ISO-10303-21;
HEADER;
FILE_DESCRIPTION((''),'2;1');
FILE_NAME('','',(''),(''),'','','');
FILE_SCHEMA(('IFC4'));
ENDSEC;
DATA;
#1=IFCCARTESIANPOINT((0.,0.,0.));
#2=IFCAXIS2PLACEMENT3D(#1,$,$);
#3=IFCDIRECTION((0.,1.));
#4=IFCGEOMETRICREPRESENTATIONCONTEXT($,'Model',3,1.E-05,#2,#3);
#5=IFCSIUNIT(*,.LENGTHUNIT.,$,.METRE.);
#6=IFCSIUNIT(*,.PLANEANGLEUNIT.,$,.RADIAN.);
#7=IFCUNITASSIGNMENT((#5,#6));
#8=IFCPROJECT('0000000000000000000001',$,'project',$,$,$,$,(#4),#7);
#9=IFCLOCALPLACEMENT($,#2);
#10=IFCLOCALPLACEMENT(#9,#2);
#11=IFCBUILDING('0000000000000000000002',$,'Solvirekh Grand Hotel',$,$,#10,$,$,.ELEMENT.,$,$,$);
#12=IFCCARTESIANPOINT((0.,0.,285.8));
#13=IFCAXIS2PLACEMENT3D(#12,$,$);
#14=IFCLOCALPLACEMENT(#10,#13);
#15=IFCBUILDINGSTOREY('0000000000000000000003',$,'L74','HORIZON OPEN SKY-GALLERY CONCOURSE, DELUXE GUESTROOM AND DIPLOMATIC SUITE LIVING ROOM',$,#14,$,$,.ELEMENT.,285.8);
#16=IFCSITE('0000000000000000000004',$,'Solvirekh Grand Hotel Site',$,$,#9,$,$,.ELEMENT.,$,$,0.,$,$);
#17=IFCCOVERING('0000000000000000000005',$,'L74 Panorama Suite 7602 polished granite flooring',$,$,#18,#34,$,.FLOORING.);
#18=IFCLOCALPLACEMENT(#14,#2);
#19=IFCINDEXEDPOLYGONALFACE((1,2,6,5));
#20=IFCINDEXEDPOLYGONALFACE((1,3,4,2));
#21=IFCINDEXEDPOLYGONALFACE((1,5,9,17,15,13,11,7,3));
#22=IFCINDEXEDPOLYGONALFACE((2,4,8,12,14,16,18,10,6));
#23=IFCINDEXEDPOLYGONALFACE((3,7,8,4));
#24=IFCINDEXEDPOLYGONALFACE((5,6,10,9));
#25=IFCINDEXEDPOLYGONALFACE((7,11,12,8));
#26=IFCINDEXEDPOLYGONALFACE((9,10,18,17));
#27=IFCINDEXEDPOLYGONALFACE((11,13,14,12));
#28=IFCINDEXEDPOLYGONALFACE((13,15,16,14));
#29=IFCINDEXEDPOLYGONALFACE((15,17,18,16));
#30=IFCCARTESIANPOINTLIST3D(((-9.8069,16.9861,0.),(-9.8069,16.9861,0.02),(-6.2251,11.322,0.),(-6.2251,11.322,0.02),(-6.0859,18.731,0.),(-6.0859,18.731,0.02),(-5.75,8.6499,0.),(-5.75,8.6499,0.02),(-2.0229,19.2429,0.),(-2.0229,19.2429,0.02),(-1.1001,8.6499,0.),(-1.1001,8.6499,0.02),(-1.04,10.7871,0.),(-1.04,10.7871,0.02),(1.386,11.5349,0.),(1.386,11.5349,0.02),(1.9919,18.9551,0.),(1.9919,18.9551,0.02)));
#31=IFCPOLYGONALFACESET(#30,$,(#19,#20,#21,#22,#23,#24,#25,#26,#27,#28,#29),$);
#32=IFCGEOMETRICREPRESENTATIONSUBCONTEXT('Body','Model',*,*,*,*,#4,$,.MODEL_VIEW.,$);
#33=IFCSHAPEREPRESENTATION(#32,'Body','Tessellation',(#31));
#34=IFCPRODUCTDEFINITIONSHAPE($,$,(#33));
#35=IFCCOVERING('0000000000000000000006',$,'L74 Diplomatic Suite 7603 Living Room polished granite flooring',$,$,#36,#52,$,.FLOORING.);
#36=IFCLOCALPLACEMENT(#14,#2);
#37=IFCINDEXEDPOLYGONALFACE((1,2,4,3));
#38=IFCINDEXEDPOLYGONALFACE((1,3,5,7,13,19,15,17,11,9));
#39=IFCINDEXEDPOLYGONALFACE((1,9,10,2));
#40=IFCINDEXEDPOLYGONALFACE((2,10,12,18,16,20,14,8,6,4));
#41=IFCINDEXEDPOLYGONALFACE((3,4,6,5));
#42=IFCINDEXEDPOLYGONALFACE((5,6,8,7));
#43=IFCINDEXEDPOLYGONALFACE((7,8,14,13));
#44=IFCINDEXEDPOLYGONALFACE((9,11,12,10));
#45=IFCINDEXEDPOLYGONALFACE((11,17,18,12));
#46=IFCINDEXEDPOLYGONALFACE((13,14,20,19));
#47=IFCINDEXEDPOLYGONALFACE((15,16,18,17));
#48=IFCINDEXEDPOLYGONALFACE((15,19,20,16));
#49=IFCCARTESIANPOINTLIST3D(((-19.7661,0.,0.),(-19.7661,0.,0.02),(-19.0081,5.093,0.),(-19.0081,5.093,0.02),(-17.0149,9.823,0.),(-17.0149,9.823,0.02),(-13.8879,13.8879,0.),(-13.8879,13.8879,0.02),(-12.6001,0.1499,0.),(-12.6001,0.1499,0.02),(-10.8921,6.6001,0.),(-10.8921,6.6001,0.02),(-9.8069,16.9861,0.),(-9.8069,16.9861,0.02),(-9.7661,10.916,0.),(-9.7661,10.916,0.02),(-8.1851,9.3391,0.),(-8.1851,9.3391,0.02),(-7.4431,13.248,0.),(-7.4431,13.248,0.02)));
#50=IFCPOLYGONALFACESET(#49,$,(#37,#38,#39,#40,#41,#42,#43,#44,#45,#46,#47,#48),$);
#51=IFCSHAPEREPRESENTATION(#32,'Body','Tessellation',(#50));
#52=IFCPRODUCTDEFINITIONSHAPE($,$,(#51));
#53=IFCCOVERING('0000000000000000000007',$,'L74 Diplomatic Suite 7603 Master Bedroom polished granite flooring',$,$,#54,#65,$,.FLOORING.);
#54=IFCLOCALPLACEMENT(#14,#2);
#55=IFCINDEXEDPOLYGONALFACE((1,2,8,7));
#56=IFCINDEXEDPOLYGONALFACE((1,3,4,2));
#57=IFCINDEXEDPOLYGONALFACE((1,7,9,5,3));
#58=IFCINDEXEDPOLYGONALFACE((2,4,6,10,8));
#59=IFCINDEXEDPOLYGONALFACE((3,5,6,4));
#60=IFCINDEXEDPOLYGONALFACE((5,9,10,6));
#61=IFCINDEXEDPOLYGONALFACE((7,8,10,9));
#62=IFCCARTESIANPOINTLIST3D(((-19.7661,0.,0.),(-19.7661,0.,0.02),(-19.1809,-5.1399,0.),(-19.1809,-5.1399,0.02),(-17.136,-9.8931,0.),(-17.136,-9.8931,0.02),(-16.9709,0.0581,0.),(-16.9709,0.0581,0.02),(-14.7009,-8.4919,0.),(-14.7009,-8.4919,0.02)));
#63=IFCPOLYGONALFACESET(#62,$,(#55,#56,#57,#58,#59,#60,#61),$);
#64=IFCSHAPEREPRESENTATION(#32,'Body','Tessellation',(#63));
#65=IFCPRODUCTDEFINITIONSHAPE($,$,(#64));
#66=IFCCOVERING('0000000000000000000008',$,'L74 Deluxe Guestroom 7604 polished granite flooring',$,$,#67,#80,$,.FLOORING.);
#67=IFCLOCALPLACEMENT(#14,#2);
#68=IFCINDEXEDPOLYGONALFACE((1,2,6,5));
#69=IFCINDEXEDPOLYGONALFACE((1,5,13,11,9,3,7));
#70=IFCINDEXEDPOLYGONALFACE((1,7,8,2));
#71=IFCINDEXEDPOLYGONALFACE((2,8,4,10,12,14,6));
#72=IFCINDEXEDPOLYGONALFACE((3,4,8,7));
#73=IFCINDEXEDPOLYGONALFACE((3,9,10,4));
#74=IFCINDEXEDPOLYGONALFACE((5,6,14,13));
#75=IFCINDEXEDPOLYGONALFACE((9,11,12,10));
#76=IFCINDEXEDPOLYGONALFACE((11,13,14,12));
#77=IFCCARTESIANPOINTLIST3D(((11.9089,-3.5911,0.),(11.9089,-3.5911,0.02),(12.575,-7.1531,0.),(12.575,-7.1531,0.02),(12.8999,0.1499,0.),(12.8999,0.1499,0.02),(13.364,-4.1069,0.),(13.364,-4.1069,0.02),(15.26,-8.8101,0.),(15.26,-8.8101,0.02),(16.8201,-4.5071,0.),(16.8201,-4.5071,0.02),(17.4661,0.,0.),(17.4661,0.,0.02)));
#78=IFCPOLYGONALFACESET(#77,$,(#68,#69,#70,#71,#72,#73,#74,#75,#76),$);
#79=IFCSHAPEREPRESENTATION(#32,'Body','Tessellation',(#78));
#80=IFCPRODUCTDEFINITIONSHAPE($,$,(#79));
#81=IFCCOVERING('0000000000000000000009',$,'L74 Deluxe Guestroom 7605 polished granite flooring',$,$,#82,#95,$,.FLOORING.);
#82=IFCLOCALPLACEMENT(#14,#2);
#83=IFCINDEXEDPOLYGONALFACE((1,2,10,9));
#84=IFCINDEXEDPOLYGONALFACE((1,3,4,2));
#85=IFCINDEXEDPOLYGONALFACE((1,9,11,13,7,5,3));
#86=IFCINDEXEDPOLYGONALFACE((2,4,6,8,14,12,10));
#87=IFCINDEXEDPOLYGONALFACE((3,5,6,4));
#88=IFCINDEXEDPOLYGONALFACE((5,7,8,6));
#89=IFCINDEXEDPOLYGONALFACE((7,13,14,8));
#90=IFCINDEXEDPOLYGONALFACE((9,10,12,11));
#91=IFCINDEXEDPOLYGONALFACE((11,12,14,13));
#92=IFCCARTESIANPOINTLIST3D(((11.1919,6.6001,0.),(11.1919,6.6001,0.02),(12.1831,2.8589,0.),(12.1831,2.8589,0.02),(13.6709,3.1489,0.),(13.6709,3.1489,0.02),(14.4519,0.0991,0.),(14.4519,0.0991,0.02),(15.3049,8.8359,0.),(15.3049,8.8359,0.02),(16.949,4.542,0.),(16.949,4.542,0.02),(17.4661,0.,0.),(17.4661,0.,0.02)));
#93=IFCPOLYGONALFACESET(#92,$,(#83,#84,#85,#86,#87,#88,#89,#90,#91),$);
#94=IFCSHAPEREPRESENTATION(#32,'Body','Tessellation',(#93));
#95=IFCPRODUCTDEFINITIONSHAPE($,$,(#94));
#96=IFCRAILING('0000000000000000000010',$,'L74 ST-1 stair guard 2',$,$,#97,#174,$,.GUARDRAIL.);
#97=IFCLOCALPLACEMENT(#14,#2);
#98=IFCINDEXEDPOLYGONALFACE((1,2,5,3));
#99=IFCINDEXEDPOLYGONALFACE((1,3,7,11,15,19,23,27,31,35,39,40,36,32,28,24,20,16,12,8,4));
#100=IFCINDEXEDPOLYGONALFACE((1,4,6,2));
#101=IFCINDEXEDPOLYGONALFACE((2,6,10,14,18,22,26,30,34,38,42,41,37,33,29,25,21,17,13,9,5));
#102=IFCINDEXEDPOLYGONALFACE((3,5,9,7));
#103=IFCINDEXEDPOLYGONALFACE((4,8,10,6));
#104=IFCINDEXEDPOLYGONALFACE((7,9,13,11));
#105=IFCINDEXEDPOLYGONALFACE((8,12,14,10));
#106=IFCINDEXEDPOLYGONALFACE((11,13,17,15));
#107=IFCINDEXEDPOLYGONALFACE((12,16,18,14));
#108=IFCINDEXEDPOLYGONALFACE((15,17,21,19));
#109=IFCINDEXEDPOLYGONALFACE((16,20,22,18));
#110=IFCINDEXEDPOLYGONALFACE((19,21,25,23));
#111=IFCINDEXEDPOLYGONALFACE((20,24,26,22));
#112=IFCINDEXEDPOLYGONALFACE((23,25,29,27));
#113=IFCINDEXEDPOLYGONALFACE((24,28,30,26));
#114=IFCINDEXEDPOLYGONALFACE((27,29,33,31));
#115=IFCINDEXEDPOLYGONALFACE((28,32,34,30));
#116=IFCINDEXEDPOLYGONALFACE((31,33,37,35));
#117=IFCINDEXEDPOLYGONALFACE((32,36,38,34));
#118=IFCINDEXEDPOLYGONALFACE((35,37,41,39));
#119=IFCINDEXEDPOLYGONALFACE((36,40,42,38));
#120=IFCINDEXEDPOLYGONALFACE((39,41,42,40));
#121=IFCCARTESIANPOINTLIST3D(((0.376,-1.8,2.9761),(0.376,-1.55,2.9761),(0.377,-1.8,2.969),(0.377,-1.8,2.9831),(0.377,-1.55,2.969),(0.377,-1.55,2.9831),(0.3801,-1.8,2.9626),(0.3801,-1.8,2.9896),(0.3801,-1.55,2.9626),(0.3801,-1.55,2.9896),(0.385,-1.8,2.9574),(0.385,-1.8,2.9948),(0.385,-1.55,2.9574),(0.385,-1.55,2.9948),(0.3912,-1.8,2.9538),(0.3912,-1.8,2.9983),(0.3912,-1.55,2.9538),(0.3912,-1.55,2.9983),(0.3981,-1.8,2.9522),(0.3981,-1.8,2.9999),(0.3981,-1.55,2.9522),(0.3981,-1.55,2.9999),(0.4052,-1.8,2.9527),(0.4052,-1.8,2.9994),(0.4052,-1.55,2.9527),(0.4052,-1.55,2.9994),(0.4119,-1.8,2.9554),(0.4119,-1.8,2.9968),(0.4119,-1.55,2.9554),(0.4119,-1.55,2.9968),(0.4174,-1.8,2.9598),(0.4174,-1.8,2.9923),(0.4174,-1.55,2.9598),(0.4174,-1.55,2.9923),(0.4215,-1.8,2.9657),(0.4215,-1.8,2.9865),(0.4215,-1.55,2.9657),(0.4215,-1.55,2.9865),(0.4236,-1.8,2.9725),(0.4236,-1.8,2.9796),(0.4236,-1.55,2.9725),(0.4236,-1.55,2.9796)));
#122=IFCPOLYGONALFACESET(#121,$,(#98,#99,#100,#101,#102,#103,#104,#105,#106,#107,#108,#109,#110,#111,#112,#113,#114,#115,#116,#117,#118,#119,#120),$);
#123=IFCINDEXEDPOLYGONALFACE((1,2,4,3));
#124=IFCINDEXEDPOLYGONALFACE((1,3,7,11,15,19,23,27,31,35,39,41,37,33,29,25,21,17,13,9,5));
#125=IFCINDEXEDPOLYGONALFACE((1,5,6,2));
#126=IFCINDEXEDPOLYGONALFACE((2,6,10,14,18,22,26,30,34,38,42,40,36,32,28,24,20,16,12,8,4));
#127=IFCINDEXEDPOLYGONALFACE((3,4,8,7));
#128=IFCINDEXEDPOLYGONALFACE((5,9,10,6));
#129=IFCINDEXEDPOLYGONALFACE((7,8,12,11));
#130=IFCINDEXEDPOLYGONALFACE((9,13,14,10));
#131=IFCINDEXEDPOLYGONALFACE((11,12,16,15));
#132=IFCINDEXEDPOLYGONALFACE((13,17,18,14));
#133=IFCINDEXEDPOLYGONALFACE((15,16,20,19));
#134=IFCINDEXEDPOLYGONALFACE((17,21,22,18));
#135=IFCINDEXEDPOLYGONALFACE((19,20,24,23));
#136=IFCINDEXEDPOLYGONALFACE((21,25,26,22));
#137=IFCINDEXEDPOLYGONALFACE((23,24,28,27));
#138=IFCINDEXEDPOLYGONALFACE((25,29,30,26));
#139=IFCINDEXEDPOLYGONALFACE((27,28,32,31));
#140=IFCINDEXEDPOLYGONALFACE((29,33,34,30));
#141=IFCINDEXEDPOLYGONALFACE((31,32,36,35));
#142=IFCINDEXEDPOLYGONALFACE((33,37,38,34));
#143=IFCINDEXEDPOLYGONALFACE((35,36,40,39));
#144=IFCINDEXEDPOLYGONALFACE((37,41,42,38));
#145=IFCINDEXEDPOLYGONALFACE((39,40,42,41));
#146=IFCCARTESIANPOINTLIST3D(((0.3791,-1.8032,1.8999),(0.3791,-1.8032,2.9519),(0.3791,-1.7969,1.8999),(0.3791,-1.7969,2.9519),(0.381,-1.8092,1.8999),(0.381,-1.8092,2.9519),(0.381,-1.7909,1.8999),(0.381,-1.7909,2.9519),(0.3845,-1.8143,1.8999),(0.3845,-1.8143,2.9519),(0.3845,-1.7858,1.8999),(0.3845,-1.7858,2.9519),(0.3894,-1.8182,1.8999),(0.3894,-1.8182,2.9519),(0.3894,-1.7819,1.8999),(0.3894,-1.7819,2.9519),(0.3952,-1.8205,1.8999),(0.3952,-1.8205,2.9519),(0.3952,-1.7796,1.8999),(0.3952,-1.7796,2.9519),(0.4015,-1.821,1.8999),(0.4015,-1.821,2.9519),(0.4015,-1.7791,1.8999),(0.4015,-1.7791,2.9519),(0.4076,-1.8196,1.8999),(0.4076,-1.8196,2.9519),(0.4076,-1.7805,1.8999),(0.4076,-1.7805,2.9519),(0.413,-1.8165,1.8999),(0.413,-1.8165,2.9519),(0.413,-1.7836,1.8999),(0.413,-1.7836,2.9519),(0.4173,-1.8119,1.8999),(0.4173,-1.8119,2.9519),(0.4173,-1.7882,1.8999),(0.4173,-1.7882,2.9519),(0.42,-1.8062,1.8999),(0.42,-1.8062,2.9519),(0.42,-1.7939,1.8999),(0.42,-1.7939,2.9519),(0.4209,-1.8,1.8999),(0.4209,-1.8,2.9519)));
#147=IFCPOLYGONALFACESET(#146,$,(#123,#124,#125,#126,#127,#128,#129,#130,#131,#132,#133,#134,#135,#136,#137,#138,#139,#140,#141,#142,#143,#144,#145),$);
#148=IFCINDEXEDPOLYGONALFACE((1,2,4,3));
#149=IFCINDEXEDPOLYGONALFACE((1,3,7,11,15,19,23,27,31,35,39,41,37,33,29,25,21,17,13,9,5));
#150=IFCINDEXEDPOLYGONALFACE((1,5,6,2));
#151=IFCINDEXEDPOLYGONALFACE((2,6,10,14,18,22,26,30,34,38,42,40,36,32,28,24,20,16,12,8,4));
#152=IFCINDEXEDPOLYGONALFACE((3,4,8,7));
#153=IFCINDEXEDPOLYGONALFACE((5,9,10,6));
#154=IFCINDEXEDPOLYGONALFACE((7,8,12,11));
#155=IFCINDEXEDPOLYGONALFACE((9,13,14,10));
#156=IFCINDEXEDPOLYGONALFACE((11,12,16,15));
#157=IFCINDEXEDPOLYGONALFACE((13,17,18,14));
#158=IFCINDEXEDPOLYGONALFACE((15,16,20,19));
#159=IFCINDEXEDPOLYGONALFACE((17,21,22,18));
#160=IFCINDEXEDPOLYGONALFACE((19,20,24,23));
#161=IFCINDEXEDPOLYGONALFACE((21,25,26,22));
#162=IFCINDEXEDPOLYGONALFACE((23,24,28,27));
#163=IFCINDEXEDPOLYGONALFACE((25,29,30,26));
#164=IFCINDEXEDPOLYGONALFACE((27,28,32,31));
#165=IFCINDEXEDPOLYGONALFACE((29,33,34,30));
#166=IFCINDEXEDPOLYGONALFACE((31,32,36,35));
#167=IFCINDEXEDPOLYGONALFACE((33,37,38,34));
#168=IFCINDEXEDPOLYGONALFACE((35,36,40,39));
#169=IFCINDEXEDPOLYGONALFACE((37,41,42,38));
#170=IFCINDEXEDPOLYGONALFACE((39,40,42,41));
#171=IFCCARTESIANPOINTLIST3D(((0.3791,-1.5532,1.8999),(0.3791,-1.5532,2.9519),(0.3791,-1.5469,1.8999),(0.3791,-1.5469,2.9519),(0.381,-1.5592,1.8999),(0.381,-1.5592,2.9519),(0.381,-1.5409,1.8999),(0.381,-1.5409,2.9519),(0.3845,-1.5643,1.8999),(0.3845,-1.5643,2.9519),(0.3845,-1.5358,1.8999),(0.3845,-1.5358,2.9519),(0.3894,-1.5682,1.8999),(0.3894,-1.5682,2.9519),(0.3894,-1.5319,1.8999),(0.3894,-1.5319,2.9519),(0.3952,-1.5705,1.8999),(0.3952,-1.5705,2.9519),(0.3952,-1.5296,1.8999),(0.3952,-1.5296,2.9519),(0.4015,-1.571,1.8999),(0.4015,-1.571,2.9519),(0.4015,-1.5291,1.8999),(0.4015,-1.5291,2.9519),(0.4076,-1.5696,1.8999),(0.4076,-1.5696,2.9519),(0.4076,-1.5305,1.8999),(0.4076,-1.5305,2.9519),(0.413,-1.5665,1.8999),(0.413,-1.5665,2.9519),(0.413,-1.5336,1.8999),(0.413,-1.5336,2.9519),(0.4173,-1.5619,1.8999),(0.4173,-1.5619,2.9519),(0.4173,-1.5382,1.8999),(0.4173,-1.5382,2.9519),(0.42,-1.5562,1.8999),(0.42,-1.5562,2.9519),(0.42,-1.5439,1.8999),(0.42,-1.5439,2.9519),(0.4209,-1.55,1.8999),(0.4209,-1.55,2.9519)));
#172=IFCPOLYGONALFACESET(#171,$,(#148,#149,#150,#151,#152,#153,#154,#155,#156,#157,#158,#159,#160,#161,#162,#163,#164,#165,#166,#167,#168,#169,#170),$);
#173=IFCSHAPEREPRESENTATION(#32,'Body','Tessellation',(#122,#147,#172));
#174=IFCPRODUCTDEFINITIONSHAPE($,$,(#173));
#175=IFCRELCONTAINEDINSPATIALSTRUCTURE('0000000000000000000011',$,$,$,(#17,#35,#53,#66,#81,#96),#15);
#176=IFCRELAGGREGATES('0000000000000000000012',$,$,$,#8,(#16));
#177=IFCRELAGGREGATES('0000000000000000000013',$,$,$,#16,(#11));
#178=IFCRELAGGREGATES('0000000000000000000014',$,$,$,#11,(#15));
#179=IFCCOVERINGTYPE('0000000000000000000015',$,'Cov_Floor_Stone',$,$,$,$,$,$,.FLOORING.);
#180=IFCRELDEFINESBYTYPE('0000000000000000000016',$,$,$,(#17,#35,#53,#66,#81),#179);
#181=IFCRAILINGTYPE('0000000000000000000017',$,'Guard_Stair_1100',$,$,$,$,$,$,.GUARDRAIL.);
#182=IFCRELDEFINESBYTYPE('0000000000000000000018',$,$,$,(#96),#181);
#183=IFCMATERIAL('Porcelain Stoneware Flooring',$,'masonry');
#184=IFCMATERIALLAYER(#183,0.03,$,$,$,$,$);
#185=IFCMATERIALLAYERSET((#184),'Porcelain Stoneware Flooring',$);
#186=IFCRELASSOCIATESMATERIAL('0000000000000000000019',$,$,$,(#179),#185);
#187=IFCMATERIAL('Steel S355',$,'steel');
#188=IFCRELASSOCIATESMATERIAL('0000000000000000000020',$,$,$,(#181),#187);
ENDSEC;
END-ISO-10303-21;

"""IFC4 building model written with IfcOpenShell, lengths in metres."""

from ifc_helpers import new_model, si_unit, direction, frame, origin, origin_2d, place, context, subcontext, project, spatial, polyline, circle, outline, extrude, material, layer, layer_set, type_object, element, save


model = new_model("IFC4")

# Units and contexts
model_context = context("Model", 3, precision=1e-05, world=origin(), true_north=direction((0.0, 1.0)))
body_context = subcontext(model_context, "Body", "Model", "MODEL_VIEW")
ifc_project = project(units=[si_unit("LENGTHUNIT", "METRE"), si_unit("PLANEANGLEUNIT", "RADIAN")], contexts=[model_context])

# Site, building, storey
site_placement = place(None, origin())
site = spatial("IfcSite", under=ifc_project, at=site_placement, Name="Solvirekh Grand Hotel Site", CompositionType="ELEMENT", RefElevation=0.0)
building_placement = place(site_placement, origin())
building = spatial("IfcBuilding", under=site, at=building_placement, Name="Solvirekh Grand Hotel", CompositionType="ELEMENT")
storey_placement = place(building_placement, frame((0.0, 0.0, 285.8)))
storey = spatial("IfcBuildingStorey", under=building, at=storey_placement, Name="L74", Description="HORIZON OPEN SKY-GALLERY CONCOURSE, DELUXE GUESTROOM AND DIPLOMATIC SUITE LIVING ROOM", CompositionType="ELEMENT", Elevation=285.8)

# Coverings
ifc_material_1 = material(Name="Porcelain Stoneware Flooring", Category="masonry")
ifc_layer_1 = layer(ifc_material_1, 0.03)
ifc_layer_set_1 = layer_set([ifc_layer_1], Name="Porcelain Stoneware Flooring")
covering_type_1 = type_object("IfcCoveringType", Name="Cov_Floor_Stone", PredefinedType="FLOORING", material=ifc_layer_set_1)
covering_1_placement = place(storey_placement, origin())
element("IfcCovering", 1, at=covering_1_placement, inside=storey, type_object=covering_type_1, Name="L74 Panorama Suite 7602 polished granite flooring", PredefinedType="FLOORING", context=body_context, shape_type="SweptSolid", body=[
    extrude(outline(polyline([(-1.1001, 8.6499), (-1.04, 10.7871), (1.386, 11.5349), (1.9919, 18.9551), (-2.0229, 19.2429), (-6.0859, 18.731), (-9.8069, 16.9861), (-6.2251, 11.322), (-5.75, 8.6499), (-1.1001, 8.6499)])), origin(), (0.0, 0.0, 1.0), 0.02),
])
covering_2_placement = place(storey_placement, origin())
element("IfcCovering", 2, at=covering_2_placement, inside=storey, type_object=covering_type_1, Name="L74 Diplomatic Suite 7603 Living Room polished granite flooring", PredefinedType="FLOORING", context=body_context, shape_type="SweptSolid", body=[
    extrude(outline(polyline([(-9.7661, 10.916), (-7.4431, 13.248), (-9.8069, 16.9861), (-13.8879, 13.8879), (-17.0149, 9.823), (-19.0081, 5.093), (-19.7661, 0.0), (-12.6001, 0.1499), (-10.8921, 6.6001), (-8.1851, 9.3391), (-9.7661, 10.916)])), origin(), (0.0, 0.0, 1.0), 0.02),
])
covering_3_placement = place(storey_placement, origin())
element("IfcCovering", 3, at=covering_3_placement, inside=storey, type_object=covering_type_1, Name="L74 Diplomatic Suite 7603 Master Bedroom polished granite flooring", PredefinedType="FLOORING", context=body_context, shape_type="SweptSolid", body=[
    extrude(outline(polyline([(-19.7661, 0.0), (-19.1809, -5.1399), (-17.136, -9.8931), (-14.7009, -8.4919), (-16.9709, 0.0581), (-19.7661, 0.0)])), origin(), (0.0, 0.0, 1.0), 0.02),
])
covering_4_placement = place(storey_placement, origin())
element("IfcCovering", 4, at=covering_4_placement, inside=storey, type_object=covering_type_1, Name="L74 Deluxe Guestroom 7604 polished granite flooring", PredefinedType="FLOORING", context=body_context, shape_type="SweptSolid", body=[
    extrude(outline(polyline([(13.364, -4.1069), (12.575, -7.1531), (15.26, -8.8101), (16.8201, -4.5071), (17.4661, 0.0), (12.8999, 0.1499), (11.9089, -3.5911), (13.364, -4.1069)])), origin(), (0.0, 0.0, 1.0), 0.02),
])
covering_5_placement = place(storey_placement, origin())
element("IfcCovering", 5, at=covering_5_placement, inside=storey, type_object=covering_type_1, Name="L74 Deluxe Guestroom 7605 polished granite flooring", PredefinedType="FLOORING", context=body_context, shape_type="SweptSolid", body=[
    extrude(outline(polyline([(13.6709, 3.1489), (14.4519, 0.0991), (17.4661, 0.0), (16.949, 4.542), (15.3049, 8.8359), (11.1919, 6.6001), (12.1831, 2.8589), (13.6709, 3.1489)])), origin(), (0.0, 0.0, 1.0), 0.02),
])

# Railing
ifc_material_2 = material(Name="Steel S355", Category="steel")
railing_type_1 = type_object("IfcRailingType", Name="Guard_Stair_1100", PredefinedType="GUARDRAIL", material=ifc_material_2)
railing_1_placement = place(storey_placement, frame((0.3999, -1.8, 1.8999)))
element("IfcRailing", 6, at=railing_1_placement, inside=storey, type_object=railing_type_1, Name="L74 ST-1 stair guard 2", PredefinedType="GUARDRAIL", context=body_context, shape_type="SweptSolid", body=[
    extrude(circle(Radius=0.0239, at=origin_2d()), frame((0.0, 0.0, 1.0762), z_axis=(0.0, 1.0, 0.0), x_axis=(-1.0, 0.0, 0.0)), (0.0, 0.0, 1.0), 0.25),
    extrude(circle(Radius=0.021, at=origin_2d()), origin(), (0.0, 0.0, 1.0), 1.052),
    extrude(circle(Radius=0.021, at=origin_2d()), frame((0.0, 0.25, 0.0)), (0.0, 0.0, 1.0), 1.052),
])

save(model, "model.ifc")
